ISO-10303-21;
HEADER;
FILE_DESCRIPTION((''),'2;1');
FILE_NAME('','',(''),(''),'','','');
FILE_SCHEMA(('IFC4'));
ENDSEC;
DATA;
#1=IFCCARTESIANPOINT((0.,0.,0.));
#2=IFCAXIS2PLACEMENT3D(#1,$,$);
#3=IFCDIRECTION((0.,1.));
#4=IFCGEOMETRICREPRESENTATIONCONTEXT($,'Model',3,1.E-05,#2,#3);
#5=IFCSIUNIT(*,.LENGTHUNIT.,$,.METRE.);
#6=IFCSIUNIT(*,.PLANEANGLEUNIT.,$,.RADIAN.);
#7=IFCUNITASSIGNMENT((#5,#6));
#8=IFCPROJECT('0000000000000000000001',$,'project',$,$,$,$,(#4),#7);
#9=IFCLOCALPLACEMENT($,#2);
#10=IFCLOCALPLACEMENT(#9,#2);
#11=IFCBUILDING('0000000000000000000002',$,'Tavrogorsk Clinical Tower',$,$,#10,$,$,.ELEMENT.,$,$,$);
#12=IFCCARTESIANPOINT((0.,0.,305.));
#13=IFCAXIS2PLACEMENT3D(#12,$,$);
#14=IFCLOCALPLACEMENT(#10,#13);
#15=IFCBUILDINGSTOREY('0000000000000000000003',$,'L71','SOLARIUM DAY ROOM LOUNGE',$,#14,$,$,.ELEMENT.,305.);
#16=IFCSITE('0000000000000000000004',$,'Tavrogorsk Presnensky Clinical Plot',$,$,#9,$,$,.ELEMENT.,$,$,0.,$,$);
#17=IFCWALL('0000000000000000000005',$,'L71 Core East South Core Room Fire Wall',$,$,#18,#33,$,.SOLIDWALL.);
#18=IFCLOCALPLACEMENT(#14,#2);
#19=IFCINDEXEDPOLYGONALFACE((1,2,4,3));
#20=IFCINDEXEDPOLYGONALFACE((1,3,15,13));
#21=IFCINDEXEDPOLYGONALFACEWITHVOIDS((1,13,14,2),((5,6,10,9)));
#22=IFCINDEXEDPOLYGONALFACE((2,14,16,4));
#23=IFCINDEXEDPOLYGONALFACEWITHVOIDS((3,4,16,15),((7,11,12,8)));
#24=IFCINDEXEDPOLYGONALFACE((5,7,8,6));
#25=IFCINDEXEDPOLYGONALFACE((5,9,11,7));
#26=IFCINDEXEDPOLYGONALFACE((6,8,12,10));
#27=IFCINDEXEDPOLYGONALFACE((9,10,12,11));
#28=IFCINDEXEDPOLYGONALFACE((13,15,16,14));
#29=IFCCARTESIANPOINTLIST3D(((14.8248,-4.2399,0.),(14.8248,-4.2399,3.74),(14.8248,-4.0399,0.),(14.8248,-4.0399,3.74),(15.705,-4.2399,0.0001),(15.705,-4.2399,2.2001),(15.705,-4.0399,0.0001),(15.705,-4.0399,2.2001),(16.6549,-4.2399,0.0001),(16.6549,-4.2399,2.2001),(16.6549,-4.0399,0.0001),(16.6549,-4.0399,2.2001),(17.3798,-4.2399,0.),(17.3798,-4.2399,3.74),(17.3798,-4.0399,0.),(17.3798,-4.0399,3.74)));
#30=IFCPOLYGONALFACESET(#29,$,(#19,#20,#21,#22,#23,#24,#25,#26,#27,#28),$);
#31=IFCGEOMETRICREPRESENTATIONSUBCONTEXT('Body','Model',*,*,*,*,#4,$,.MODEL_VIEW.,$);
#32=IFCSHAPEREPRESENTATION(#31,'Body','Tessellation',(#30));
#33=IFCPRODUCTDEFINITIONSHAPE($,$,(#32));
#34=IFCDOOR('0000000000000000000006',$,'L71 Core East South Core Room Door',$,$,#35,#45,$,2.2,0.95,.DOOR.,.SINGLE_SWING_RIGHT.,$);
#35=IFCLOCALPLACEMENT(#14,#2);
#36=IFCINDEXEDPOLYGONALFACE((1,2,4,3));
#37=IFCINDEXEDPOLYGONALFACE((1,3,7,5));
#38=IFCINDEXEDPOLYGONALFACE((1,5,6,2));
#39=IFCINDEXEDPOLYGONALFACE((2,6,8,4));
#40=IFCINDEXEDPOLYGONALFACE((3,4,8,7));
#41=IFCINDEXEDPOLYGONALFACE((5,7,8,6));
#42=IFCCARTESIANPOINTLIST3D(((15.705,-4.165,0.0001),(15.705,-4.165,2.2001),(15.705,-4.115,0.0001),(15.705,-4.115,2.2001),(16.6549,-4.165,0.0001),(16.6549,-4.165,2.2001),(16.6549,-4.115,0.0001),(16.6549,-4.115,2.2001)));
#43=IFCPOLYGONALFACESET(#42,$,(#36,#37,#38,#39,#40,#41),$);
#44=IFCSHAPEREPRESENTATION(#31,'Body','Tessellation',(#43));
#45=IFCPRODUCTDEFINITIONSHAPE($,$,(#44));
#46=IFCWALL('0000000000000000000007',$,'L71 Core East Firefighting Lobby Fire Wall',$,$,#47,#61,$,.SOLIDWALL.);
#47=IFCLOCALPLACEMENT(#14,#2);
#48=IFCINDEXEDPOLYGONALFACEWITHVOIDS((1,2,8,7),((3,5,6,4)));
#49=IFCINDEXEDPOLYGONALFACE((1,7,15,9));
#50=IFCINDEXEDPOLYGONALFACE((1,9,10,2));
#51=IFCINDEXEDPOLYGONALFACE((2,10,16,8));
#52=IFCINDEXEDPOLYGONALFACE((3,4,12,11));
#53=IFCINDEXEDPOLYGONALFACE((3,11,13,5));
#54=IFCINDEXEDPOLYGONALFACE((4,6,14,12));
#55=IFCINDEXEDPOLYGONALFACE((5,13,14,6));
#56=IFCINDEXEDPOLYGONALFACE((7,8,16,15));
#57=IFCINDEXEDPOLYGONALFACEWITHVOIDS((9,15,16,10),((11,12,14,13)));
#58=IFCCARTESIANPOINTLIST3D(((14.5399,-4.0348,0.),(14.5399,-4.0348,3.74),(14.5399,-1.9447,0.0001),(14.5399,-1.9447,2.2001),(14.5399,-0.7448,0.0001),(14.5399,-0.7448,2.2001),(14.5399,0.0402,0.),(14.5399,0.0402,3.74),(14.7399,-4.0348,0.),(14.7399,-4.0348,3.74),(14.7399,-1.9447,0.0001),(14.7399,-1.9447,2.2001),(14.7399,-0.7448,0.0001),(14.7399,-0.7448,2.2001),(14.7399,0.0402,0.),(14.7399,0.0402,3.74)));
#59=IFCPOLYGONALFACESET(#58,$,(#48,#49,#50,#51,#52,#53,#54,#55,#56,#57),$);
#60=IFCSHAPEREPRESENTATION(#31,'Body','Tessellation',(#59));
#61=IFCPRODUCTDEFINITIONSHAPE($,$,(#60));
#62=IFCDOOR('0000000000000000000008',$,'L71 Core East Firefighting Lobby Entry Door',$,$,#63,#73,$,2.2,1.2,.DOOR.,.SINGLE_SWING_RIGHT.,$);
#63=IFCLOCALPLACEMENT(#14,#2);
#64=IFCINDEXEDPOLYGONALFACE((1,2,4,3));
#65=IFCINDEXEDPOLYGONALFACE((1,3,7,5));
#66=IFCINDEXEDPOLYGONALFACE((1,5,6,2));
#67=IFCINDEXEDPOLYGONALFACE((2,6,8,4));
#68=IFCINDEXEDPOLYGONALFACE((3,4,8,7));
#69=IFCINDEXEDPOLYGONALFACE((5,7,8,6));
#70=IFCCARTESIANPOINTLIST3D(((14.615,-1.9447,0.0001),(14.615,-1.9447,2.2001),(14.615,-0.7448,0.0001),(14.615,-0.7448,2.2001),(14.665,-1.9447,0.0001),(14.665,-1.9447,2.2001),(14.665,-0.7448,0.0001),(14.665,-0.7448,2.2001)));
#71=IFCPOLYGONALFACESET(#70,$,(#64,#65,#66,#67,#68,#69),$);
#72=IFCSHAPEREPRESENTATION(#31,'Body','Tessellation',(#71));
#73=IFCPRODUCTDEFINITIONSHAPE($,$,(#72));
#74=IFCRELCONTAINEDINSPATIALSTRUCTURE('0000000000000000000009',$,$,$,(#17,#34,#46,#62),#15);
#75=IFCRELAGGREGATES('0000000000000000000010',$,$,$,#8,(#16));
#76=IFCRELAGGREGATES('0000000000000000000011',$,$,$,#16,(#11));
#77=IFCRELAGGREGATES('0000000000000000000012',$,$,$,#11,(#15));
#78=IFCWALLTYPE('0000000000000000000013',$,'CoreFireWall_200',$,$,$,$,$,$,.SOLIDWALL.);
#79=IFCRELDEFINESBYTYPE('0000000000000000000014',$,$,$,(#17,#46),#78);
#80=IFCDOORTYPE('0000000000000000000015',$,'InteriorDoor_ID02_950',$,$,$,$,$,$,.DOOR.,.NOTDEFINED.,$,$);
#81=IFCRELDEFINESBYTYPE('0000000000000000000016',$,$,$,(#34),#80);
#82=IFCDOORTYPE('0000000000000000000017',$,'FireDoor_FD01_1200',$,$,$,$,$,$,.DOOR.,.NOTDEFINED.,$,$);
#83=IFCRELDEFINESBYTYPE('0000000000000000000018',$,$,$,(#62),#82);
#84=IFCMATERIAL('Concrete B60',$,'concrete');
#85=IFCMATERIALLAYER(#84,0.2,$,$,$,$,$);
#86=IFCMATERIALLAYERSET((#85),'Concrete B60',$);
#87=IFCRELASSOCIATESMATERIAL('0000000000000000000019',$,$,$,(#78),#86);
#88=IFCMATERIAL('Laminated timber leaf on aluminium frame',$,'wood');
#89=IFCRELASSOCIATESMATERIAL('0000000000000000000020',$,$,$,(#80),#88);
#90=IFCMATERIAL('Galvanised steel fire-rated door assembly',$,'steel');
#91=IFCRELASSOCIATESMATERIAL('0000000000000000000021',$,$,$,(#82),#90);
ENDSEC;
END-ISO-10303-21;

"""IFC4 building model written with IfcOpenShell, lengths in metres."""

from ifc_helpers import new_model, si_unit, direction, frame, frame_2d, origin, place, context, subcontext, project, spatial, rectangle, extrude, material, layer, layer_set, type_object, element, fill, save


model = new_model("IFC4")

# Units and contexts
model_context = context("Model", 3, precision=1e-05, world=origin(), true_north=direction((0.0, 1.0)))
body_context = subcontext(model_context, "Body", "Model", "MODEL_VIEW")
ifc_project = project(units=[si_unit("LENGTHUNIT", "METRE"), si_unit("PLANEANGLEUNIT", "RADIAN")], contexts=[model_context])

# Site, building, storey
site_placement = place(None, origin())
site = spatial("IfcSite", under=ifc_project, at=site_placement, Name="Tavrogorsk Presnensky Clinical Plot", CompositionType="ELEMENT", RefElevation=0.0)
building_placement = place(site_placement, origin())
building = spatial("IfcBuilding", under=site, at=building_placement, Name="Tavrogorsk Clinical Tower", CompositionType="ELEMENT")
storey_placement = place(building_placement, frame((0.0, 0.0, 305.0)))
storey = spatial("IfcBuildingStorey", under=building, at=storey_placement, Name="L71", Description="SOLARIUM DAY ROOM LOUNGE", CompositionType="ELEMENT", Elevation=305.0)

# Walls, openings, doors
ifc_material_1 = material(Name="Concrete B60", Category="concrete")
ifc_layer_1 = layer(ifc_material_1, 0.2)
ifc_layer_set_1 = layer_set([ifc_layer_1], Name="Concrete B60")
wall_type_1 = type_object("IfcWallType", Name="CoreFireWall_200", PredefinedType="SOLIDWALL", material=ifc_layer_set_1)
wall_1_placement = place(storey_placement, frame((14.825, -4.1399, 0.0), z_axis=(0.0, 0.0, 1.0), x_axis=(1.0, 0.0, 0.0)))
wall_1 = element("IfcWall", 1, at=wall_1_placement, inside=storey, type_object=wall_type_1, Name="L71 Core East South Core Room Fire Wall", PredefinedType="SOLIDWALL", context=body_context, shape_type="SweptSolid", body=[
    extrude(rectangle(XDim=2.5549, YDim=0.2, at=frame_2d((1.2773, 0.0))), origin(), (0.0, 0.0, 1.0), 3.74),
])
opening_1_placement = place(wall_1_placement, frame((0.8799, 0.0, 0.0)))
opening_1 = element("IfcOpeningElement", 2, at=opening_1_placement, cuts=wall_1, PredefinedType="OPENING", context=body_context, shape_type="SweptSolid", body=[
    extrude(rectangle(XDim=0.95, YDim=2.2, at=frame_2d((0.4751, 1.1001))), frame((0.0, 0.1099, 0.0), z_axis=(0.0, -1.0, 0.0), x_axis=(1.0, 0.0, 0.0)), (0.0, 0.0, 1.0), 0.22),
])
ifc_material_2 = material(Name="Laminated timber leaf on aluminium frame", Category="wood")
door_type_1 = type_object("IfcDoorType", Name="InteriorDoor_ID02_950", OperationType="NOTDEFINED", PredefinedType="DOOR", material=ifc_material_2)
door_1_placement = place(opening_1_placement, origin())
door_1 = element("IfcDoor", 3, at=door_1_placement, inside=storey, type_object=door_type_1, Name="L71 Core East South Core Room Door", OperationType="SINGLE_SWING_RIGHT", OverallHeight=2.2, OverallWidth=0.95, PredefinedType="DOOR", context=body_context, shape_type="SweptSolid", body=[
    extrude(rectangle(XDim=0.95, YDim=2.2, at=frame_2d((0.4751, 1.1001))), frame((0.0, 0.0249, 0.0), z_axis=(0.0, -1.0, 0.0), x_axis=(1.0, 0.0, 0.0)), (0.0, 0.0, 1.0), 0.05),
])
fill(opening_1, door_1)
wall_2_placement = place(storey_placement, frame((14.6399, -4.0349, 0.0), z_axis=(0.0, 0.0, 1.0), x_axis=(0.0, 1.0, 0.0)))
wall_2 = element("IfcWall", 4, at=wall_2_placement, inside=storey, type_object=wall_type_1, Name="L71 Core East Firefighting Lobby Fire Wall", PredefinedType="SOLIDWALL", context=body_context, shape_type="SweptSolid", body=[
    extrude(rectangle(XDim=4.075, YDim=0.2, at=frame_2d((2.0376, 0.0))), origin(), (0.0, 0.0, 1.0), 3.74),
])
opening_2_placement = place(wall_2_placement, frame((2.0901, 0.0, 0.0)))
opening_2 = element("IfcOpeningElement", 5, at=opening_2_placement, cuts=wall_2, PredefinedType="OPENING", context=body_context, shape_type="SweptSolid", body=[
    extrude(rectangle(XDim=1.2, YDim=2.2, at=frame_2d((0.6001, 1.1001))), frame((0.0, 0.1099, 0.0), z_axis=(0.0, -1.0, 0.0), x_axis=(1.0, 0.0, 0.0)), (0.0, 0.0, 1.0), 0.22),
])
ifc_material_3 = material(Name="Galvanised steel fire-rated door assembly", Category="steel")
door_type_2 = type_object("IfcDoorType", Name="FireDoor_FD01_1200", OperationType="NOTDEFINED", PredefinedType="DOOR", material=ifc_material_3)
door_2_placement = place(opening_2_placement, origin())
door_2 = element("IfcDoor", 6, at=door_2_placement, inside=storey, type_object=door_type_2, Name="L71 Core East Firefighting Lobby Entry Door", OperationType="SINGLE_SWING_RIGHT", OverallHeight=2.2, OverallWidth=1.2, PredefinedType="DOOR", context=body_context, shape_type="SweptSolid", body=[
    extrude(rectangle(XDim=1.2, YDim=2.2, at=frame_2d((0.6001, 1.1001))), frame((0.0, 0.0249, 0.0), z_axis=(0.0, -1.0, 0.0), x_axis=(1.0, 0.0, 0.0)), (0.0, 0.0, 1.0), 0.05),
])
fill(opening_2, door_2)

save(model, "model.ifc")
